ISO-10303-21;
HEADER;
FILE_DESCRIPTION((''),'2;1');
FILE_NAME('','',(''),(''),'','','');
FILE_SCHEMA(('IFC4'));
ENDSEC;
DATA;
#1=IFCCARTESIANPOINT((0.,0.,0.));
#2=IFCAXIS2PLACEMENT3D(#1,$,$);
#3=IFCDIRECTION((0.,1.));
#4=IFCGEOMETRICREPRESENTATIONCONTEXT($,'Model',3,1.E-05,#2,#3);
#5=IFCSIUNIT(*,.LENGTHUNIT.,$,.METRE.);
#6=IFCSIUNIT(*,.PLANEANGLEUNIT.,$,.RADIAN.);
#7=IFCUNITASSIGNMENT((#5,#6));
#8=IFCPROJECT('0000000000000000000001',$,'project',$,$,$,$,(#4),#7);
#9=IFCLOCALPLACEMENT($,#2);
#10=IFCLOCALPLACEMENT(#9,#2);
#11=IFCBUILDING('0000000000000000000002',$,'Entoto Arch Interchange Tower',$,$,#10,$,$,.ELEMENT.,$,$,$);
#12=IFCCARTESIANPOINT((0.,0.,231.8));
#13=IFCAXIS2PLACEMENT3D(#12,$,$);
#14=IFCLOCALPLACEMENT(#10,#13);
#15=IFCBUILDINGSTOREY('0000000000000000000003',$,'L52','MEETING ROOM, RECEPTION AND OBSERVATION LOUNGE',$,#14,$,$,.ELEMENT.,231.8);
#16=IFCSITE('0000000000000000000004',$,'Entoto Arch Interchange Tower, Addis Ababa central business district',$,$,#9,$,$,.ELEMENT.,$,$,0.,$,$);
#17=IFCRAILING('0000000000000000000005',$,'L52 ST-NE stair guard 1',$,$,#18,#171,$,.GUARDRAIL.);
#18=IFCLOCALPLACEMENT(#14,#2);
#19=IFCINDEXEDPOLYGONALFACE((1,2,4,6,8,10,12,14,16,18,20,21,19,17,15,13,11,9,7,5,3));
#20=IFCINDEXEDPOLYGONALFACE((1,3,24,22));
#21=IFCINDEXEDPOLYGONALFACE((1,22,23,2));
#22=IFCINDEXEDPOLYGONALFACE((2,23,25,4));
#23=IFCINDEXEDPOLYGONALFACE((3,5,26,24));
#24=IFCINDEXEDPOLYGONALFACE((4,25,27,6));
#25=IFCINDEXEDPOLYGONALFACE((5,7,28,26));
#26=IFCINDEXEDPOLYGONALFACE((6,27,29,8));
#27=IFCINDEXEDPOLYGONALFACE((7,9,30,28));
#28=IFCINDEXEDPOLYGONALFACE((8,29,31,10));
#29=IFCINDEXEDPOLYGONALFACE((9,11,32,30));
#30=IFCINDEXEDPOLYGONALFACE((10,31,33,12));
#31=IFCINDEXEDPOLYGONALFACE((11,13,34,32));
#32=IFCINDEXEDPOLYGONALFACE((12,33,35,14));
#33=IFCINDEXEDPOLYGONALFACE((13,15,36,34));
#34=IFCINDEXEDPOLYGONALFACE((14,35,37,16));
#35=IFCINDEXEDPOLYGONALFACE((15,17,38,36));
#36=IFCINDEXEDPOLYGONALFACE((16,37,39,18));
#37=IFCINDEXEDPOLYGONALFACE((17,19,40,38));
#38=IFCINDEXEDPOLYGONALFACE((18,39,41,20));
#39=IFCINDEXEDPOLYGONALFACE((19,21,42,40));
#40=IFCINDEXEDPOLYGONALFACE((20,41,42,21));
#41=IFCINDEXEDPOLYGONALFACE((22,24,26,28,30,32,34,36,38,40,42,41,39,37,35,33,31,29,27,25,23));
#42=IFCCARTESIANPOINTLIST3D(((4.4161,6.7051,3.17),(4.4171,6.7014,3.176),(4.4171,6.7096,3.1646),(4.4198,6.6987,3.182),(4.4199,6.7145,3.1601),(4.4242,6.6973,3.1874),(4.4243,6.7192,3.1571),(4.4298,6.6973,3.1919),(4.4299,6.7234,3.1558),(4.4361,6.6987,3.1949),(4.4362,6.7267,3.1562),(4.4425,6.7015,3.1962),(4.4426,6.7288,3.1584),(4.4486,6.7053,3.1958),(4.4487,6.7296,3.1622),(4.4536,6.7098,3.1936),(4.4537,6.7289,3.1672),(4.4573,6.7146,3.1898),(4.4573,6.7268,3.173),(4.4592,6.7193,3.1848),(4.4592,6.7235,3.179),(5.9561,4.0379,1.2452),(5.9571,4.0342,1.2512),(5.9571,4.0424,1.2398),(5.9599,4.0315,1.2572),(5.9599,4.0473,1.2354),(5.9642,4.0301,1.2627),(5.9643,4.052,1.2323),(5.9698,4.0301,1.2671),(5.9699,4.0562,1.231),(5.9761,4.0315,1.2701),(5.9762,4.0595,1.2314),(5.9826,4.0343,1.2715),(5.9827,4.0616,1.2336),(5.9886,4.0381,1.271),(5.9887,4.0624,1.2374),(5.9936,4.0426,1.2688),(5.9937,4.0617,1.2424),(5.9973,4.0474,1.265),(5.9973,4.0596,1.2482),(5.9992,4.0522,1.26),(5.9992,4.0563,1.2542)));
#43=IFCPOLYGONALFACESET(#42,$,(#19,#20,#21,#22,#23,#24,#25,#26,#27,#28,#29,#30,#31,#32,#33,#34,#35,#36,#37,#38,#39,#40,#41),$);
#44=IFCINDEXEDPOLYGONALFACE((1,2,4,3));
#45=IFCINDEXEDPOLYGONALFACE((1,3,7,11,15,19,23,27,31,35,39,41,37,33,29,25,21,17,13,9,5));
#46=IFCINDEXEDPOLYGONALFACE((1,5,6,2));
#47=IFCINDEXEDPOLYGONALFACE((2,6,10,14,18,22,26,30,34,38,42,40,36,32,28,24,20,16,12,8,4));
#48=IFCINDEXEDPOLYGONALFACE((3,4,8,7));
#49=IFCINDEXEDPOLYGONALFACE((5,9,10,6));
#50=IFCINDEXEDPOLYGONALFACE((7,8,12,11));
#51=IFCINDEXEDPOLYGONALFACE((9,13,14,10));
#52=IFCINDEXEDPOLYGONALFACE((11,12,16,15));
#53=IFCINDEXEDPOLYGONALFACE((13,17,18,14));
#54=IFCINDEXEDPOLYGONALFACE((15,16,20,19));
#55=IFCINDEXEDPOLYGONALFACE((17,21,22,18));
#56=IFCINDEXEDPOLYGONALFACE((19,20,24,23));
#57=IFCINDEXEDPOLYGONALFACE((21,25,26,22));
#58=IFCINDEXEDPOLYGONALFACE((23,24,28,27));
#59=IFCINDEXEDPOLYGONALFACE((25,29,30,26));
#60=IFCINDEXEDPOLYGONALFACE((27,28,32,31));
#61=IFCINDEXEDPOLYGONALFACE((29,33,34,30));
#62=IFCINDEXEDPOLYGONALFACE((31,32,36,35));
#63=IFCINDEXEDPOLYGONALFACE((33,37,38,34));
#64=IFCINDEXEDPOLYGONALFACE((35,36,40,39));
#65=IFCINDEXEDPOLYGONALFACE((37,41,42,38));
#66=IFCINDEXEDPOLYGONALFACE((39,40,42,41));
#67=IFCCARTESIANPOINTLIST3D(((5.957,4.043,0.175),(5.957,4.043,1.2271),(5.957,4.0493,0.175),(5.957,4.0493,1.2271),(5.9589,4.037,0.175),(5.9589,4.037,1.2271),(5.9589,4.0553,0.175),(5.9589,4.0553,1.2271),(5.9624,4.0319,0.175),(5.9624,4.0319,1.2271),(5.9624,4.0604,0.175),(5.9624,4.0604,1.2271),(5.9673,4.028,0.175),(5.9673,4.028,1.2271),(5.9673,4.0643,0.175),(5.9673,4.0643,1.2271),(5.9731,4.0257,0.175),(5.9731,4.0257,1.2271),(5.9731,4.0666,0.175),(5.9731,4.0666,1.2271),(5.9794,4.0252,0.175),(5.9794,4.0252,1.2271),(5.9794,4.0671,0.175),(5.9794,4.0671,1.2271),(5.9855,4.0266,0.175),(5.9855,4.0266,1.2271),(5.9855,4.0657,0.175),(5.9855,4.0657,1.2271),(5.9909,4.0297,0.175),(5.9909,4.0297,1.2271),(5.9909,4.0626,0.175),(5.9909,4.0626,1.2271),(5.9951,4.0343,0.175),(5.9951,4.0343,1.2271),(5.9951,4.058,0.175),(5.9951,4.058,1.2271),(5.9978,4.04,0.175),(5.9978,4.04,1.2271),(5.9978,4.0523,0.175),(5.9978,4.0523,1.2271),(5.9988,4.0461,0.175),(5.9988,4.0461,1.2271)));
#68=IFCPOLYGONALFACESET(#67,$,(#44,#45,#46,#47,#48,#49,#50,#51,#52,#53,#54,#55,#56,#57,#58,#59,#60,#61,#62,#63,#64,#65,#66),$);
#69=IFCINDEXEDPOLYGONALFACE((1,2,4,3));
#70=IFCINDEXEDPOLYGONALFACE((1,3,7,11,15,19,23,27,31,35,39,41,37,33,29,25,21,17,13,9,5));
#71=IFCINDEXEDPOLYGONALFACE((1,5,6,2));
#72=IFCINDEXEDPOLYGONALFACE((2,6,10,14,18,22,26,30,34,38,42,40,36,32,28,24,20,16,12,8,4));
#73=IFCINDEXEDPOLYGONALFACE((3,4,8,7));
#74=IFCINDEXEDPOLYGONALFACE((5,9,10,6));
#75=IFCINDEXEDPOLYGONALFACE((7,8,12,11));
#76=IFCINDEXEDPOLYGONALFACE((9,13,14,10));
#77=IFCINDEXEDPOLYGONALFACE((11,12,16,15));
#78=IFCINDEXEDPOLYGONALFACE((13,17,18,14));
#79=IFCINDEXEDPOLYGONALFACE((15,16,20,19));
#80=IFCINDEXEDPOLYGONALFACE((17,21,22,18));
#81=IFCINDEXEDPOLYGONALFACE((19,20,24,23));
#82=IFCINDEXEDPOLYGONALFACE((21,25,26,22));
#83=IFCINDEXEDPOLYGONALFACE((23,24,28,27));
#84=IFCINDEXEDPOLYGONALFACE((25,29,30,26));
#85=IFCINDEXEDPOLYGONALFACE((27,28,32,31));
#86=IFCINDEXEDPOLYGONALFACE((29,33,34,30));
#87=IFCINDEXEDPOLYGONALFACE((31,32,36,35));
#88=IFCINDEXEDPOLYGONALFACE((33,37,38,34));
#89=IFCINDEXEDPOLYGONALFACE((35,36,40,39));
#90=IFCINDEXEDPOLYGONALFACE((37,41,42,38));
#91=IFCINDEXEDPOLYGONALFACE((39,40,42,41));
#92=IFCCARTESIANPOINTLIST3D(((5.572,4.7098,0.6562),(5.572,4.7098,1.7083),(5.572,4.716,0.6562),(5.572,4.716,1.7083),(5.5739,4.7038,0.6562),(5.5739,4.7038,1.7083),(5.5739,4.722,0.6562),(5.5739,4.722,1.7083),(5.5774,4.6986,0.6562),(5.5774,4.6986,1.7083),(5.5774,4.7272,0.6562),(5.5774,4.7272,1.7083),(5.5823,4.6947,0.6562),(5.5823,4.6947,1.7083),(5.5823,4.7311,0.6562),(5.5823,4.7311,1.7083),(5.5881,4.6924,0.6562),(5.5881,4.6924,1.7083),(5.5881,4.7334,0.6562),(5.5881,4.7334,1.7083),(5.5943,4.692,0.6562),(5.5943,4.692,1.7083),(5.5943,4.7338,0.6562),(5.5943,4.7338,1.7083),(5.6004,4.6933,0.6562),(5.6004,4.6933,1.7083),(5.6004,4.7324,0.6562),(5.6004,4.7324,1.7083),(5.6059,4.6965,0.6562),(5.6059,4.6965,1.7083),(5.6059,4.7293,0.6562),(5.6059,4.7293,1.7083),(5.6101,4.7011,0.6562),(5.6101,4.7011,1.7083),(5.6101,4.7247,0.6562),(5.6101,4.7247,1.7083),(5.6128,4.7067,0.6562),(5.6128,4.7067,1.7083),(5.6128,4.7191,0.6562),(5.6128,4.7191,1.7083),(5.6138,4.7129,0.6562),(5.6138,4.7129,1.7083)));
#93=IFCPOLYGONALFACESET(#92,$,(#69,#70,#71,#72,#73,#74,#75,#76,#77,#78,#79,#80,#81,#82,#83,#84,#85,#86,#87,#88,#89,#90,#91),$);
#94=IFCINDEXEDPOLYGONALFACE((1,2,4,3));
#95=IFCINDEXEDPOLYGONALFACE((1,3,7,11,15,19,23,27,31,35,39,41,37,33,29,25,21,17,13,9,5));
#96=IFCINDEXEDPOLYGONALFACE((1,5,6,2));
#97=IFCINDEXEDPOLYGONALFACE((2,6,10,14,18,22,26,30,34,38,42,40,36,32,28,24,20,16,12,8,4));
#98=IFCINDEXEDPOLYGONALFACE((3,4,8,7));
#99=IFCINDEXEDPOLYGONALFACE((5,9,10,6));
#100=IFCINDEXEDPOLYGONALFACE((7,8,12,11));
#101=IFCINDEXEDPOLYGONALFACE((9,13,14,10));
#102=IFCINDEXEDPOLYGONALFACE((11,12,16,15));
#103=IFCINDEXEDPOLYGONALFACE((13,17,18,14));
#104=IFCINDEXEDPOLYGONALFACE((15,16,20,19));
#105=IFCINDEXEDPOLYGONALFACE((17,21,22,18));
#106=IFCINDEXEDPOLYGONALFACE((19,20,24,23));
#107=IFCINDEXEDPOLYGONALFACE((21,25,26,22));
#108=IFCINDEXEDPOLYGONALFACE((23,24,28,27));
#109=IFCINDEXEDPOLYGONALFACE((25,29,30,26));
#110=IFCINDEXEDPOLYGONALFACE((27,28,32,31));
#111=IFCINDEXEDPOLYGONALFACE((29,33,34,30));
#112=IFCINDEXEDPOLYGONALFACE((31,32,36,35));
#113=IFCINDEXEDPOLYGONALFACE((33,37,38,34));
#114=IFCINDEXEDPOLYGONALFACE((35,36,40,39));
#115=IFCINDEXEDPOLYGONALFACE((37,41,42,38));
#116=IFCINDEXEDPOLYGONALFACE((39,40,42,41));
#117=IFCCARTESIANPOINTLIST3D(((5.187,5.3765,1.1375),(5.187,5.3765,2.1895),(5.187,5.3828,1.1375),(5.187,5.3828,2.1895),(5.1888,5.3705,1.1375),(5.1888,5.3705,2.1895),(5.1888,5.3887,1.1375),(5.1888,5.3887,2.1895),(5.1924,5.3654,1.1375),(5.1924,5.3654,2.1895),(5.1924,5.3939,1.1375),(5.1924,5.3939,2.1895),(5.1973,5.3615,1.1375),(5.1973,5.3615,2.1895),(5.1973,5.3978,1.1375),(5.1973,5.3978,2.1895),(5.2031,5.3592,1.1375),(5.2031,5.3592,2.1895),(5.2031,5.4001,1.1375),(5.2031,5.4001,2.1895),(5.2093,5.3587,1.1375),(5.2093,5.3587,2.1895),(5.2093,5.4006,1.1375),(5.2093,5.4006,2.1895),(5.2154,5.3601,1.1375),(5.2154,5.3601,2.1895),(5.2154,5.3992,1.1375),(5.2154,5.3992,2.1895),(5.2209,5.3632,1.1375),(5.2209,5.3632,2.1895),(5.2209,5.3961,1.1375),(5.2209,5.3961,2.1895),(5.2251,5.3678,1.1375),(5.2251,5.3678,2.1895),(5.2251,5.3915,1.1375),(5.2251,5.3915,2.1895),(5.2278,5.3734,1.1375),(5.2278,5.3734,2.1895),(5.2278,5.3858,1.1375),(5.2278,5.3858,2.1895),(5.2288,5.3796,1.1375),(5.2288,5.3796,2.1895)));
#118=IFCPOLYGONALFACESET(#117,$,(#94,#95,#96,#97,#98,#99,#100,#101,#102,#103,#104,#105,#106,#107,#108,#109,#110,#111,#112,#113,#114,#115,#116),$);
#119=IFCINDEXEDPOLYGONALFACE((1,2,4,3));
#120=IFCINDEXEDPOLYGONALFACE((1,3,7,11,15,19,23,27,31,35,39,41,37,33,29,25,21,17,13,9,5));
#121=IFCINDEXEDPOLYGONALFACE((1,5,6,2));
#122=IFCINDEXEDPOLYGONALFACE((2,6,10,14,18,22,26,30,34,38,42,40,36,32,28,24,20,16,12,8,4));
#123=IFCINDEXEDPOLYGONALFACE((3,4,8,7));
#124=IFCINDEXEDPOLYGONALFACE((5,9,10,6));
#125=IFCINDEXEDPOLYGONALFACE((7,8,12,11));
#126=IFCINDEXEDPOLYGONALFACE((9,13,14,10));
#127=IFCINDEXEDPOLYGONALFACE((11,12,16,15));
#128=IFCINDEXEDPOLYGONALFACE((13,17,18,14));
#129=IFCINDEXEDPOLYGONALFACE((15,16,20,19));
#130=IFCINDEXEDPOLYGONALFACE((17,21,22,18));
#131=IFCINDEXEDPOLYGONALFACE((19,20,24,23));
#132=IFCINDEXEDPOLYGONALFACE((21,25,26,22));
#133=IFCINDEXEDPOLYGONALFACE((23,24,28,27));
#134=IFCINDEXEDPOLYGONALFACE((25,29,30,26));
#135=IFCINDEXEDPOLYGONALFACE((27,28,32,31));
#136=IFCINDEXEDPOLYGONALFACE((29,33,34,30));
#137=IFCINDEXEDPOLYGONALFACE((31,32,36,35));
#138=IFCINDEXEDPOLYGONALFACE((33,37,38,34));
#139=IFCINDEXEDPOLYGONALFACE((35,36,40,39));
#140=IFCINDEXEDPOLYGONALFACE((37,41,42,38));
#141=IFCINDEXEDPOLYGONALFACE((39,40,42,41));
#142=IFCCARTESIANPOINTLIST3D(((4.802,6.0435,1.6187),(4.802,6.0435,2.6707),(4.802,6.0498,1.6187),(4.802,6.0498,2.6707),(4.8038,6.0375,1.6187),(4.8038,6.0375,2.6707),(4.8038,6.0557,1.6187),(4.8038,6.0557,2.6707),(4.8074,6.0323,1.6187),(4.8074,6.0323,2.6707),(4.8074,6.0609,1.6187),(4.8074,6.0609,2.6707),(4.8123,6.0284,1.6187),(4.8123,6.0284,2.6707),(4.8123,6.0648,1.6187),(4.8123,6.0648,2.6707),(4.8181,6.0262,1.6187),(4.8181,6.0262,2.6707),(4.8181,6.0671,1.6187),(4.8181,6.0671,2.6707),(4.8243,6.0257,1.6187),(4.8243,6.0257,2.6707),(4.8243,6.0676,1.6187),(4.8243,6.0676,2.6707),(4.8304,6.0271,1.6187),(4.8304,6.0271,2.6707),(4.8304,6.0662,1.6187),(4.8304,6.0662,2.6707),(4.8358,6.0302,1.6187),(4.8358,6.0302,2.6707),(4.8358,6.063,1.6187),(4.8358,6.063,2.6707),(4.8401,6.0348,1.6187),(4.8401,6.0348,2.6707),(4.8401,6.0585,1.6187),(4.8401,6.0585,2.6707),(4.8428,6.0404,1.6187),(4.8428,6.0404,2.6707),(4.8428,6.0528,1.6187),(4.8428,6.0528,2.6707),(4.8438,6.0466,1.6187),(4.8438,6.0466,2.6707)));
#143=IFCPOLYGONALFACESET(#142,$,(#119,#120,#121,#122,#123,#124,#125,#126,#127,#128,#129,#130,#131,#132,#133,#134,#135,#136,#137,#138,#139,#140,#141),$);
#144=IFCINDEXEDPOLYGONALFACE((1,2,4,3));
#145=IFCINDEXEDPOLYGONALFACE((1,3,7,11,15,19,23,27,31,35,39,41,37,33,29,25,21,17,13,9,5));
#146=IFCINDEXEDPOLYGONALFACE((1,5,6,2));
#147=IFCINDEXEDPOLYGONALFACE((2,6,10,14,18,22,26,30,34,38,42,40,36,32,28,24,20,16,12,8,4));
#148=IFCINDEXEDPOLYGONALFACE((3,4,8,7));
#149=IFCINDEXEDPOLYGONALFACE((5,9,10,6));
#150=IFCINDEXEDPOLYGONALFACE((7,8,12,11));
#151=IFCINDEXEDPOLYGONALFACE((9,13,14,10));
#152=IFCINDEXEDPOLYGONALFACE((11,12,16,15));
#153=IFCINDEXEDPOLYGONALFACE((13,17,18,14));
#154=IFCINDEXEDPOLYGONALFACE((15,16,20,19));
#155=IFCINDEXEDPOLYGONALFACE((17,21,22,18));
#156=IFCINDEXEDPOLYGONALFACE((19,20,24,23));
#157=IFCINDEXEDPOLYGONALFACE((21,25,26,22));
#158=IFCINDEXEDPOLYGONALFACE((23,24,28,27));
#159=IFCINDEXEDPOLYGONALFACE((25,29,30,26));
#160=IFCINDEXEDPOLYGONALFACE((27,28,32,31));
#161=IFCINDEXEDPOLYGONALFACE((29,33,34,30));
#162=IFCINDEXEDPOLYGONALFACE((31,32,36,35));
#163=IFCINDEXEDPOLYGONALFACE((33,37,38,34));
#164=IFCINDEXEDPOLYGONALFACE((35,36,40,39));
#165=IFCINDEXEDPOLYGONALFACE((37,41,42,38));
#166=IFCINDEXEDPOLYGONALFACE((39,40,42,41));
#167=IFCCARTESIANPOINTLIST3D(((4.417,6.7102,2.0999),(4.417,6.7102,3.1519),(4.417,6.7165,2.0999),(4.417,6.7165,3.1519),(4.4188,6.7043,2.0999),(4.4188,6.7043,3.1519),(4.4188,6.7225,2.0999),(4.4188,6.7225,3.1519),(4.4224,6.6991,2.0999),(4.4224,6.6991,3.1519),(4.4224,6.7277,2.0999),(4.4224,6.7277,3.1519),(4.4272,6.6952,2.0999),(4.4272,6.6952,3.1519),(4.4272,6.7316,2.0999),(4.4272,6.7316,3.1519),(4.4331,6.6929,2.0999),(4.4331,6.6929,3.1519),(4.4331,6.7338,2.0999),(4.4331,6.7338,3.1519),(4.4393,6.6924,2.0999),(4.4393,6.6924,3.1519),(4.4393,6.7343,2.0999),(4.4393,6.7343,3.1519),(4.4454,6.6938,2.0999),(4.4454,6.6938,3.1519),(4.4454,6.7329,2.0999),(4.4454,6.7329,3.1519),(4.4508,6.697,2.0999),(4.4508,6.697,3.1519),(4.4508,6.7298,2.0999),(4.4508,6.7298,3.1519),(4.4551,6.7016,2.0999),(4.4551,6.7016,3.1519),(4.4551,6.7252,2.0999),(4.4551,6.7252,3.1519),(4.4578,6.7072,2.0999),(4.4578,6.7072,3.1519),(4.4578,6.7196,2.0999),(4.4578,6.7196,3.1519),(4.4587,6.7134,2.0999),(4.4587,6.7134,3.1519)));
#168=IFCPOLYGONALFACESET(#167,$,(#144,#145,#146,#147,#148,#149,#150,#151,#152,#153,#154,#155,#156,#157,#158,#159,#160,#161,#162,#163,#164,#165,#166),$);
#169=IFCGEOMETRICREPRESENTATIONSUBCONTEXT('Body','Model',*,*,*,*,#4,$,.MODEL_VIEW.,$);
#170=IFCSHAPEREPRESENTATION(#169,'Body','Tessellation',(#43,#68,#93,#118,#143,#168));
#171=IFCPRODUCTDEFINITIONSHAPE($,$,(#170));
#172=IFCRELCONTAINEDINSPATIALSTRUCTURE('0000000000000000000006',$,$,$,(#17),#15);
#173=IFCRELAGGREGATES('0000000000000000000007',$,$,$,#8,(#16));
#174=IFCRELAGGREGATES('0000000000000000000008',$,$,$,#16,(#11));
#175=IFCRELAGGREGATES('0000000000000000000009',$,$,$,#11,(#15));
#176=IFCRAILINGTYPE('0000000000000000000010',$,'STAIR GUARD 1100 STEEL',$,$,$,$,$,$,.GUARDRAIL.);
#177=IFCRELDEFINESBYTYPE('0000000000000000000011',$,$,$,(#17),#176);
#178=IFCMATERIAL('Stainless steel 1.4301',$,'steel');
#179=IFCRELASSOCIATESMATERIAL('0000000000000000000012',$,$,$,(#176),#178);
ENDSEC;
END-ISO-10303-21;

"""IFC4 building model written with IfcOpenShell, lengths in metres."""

from ifc_helpers import new_model, si_unit, direction, frame, origin, origin_2d, place, context, subcontext, project, spatial, circle, extrude, material, type_object, element, save


model = new_model("IFC4")

# Units and contexts
model_context = context("Model", 3, precision=1e-05, world=origin(), true_north=direction((0.0, 1.0)))
body_context = subcontext(model_context, "Body", "Model", "MODEL_VIEW")
ifc_project = project(units=[si_unit("LENGTHUNIT", "METRE"), si_unit("PLANEANGLEUNIT", "RADIAN")], contexts=[model_context])

# Site, building, storey
site_placement = place(None, origin())
site = spatial("IfcSite", under=ifc_project, at=site_placement, Name="Entoto Arch Interchange Tower, Addis Ababa central business district", CompositionType="ELEMENT", RefElevation=0.0)
building_placement = place(site_placement, origin())
building = spatial("IfcBuilding", under=site, at=building_placement, Name="Entoto Arch Interchange Tower", CompositionType="ELEMENT")
storey_placement = place(building_placement, frame((0.0, 0.0, 231.8)))
storey = spatial("IfcBuildingStorey", under=building, at=storey_placement, Name="L52", Description="MEETING ROOM, RECEPTION AND OBSERVATION LOUNGE", CompositionType="ELEMENT", Elevation=231.8)

# Railing
ifc_material_1 = material(Name="Stainless steel 1.4301", Category="steel")
railing_type_1 = type_object("IfcRailingType", Name="STAIR GUARD 1100 STEEL", PredefinedType="GUARDRAIL", material=ifc_material_1)
railing_1_placement = place(storey_placement, frame((5.9778, 4.0461, 0.175)))
element("IfcRailing", 1, at=railing_1_placement, inside=storey, type_object=railing_type_1, Name="L52 ST-NE stair guard 1", PredefinedType="GUARDRAIL", context=body_context, shape_type="SweptSolid", body=[
    extrude(circle(Radius=0.0239, at=origin_2d()), frame((0.0, 0.0, 1.0762), z_axis=(-0.424031, 0.73439, 0.529971), x_axis=(-0.86601, -0.500027, 0.0)), (0.0, 0.0, 1.0), 3.6318),
    extrude(circle(Radius=0.021, at=origin_2d()), origin(), (0.0, 0.0, 1.0), 1.052),
    extrude(circle(Radius=0.021, at=origin_2d()), frame((-0.385, 0.6667, 0.4812)), (0.0, 0.0, 1.0), 1.052),
    extrude(circle(Radius=0.021, at=origin_2d()), frame((-0.77, 1.3335, 0.9624)), (0.0, 0.0, 1.0), 1.052),
    extrude(circle(Radius=0.021, at=origin_2d()), frame((-1.155, 2.0005, 1.4436)), (0.0, 0.0, 1.0), 1.052),
    extrude(circle(Radius=0.021, at=origin_2d()), frame((-1.54, 2.6672, 1.9248)), (0.0, 0.0, 1.0), 1.052),
])

save(model, "model.ifc")
